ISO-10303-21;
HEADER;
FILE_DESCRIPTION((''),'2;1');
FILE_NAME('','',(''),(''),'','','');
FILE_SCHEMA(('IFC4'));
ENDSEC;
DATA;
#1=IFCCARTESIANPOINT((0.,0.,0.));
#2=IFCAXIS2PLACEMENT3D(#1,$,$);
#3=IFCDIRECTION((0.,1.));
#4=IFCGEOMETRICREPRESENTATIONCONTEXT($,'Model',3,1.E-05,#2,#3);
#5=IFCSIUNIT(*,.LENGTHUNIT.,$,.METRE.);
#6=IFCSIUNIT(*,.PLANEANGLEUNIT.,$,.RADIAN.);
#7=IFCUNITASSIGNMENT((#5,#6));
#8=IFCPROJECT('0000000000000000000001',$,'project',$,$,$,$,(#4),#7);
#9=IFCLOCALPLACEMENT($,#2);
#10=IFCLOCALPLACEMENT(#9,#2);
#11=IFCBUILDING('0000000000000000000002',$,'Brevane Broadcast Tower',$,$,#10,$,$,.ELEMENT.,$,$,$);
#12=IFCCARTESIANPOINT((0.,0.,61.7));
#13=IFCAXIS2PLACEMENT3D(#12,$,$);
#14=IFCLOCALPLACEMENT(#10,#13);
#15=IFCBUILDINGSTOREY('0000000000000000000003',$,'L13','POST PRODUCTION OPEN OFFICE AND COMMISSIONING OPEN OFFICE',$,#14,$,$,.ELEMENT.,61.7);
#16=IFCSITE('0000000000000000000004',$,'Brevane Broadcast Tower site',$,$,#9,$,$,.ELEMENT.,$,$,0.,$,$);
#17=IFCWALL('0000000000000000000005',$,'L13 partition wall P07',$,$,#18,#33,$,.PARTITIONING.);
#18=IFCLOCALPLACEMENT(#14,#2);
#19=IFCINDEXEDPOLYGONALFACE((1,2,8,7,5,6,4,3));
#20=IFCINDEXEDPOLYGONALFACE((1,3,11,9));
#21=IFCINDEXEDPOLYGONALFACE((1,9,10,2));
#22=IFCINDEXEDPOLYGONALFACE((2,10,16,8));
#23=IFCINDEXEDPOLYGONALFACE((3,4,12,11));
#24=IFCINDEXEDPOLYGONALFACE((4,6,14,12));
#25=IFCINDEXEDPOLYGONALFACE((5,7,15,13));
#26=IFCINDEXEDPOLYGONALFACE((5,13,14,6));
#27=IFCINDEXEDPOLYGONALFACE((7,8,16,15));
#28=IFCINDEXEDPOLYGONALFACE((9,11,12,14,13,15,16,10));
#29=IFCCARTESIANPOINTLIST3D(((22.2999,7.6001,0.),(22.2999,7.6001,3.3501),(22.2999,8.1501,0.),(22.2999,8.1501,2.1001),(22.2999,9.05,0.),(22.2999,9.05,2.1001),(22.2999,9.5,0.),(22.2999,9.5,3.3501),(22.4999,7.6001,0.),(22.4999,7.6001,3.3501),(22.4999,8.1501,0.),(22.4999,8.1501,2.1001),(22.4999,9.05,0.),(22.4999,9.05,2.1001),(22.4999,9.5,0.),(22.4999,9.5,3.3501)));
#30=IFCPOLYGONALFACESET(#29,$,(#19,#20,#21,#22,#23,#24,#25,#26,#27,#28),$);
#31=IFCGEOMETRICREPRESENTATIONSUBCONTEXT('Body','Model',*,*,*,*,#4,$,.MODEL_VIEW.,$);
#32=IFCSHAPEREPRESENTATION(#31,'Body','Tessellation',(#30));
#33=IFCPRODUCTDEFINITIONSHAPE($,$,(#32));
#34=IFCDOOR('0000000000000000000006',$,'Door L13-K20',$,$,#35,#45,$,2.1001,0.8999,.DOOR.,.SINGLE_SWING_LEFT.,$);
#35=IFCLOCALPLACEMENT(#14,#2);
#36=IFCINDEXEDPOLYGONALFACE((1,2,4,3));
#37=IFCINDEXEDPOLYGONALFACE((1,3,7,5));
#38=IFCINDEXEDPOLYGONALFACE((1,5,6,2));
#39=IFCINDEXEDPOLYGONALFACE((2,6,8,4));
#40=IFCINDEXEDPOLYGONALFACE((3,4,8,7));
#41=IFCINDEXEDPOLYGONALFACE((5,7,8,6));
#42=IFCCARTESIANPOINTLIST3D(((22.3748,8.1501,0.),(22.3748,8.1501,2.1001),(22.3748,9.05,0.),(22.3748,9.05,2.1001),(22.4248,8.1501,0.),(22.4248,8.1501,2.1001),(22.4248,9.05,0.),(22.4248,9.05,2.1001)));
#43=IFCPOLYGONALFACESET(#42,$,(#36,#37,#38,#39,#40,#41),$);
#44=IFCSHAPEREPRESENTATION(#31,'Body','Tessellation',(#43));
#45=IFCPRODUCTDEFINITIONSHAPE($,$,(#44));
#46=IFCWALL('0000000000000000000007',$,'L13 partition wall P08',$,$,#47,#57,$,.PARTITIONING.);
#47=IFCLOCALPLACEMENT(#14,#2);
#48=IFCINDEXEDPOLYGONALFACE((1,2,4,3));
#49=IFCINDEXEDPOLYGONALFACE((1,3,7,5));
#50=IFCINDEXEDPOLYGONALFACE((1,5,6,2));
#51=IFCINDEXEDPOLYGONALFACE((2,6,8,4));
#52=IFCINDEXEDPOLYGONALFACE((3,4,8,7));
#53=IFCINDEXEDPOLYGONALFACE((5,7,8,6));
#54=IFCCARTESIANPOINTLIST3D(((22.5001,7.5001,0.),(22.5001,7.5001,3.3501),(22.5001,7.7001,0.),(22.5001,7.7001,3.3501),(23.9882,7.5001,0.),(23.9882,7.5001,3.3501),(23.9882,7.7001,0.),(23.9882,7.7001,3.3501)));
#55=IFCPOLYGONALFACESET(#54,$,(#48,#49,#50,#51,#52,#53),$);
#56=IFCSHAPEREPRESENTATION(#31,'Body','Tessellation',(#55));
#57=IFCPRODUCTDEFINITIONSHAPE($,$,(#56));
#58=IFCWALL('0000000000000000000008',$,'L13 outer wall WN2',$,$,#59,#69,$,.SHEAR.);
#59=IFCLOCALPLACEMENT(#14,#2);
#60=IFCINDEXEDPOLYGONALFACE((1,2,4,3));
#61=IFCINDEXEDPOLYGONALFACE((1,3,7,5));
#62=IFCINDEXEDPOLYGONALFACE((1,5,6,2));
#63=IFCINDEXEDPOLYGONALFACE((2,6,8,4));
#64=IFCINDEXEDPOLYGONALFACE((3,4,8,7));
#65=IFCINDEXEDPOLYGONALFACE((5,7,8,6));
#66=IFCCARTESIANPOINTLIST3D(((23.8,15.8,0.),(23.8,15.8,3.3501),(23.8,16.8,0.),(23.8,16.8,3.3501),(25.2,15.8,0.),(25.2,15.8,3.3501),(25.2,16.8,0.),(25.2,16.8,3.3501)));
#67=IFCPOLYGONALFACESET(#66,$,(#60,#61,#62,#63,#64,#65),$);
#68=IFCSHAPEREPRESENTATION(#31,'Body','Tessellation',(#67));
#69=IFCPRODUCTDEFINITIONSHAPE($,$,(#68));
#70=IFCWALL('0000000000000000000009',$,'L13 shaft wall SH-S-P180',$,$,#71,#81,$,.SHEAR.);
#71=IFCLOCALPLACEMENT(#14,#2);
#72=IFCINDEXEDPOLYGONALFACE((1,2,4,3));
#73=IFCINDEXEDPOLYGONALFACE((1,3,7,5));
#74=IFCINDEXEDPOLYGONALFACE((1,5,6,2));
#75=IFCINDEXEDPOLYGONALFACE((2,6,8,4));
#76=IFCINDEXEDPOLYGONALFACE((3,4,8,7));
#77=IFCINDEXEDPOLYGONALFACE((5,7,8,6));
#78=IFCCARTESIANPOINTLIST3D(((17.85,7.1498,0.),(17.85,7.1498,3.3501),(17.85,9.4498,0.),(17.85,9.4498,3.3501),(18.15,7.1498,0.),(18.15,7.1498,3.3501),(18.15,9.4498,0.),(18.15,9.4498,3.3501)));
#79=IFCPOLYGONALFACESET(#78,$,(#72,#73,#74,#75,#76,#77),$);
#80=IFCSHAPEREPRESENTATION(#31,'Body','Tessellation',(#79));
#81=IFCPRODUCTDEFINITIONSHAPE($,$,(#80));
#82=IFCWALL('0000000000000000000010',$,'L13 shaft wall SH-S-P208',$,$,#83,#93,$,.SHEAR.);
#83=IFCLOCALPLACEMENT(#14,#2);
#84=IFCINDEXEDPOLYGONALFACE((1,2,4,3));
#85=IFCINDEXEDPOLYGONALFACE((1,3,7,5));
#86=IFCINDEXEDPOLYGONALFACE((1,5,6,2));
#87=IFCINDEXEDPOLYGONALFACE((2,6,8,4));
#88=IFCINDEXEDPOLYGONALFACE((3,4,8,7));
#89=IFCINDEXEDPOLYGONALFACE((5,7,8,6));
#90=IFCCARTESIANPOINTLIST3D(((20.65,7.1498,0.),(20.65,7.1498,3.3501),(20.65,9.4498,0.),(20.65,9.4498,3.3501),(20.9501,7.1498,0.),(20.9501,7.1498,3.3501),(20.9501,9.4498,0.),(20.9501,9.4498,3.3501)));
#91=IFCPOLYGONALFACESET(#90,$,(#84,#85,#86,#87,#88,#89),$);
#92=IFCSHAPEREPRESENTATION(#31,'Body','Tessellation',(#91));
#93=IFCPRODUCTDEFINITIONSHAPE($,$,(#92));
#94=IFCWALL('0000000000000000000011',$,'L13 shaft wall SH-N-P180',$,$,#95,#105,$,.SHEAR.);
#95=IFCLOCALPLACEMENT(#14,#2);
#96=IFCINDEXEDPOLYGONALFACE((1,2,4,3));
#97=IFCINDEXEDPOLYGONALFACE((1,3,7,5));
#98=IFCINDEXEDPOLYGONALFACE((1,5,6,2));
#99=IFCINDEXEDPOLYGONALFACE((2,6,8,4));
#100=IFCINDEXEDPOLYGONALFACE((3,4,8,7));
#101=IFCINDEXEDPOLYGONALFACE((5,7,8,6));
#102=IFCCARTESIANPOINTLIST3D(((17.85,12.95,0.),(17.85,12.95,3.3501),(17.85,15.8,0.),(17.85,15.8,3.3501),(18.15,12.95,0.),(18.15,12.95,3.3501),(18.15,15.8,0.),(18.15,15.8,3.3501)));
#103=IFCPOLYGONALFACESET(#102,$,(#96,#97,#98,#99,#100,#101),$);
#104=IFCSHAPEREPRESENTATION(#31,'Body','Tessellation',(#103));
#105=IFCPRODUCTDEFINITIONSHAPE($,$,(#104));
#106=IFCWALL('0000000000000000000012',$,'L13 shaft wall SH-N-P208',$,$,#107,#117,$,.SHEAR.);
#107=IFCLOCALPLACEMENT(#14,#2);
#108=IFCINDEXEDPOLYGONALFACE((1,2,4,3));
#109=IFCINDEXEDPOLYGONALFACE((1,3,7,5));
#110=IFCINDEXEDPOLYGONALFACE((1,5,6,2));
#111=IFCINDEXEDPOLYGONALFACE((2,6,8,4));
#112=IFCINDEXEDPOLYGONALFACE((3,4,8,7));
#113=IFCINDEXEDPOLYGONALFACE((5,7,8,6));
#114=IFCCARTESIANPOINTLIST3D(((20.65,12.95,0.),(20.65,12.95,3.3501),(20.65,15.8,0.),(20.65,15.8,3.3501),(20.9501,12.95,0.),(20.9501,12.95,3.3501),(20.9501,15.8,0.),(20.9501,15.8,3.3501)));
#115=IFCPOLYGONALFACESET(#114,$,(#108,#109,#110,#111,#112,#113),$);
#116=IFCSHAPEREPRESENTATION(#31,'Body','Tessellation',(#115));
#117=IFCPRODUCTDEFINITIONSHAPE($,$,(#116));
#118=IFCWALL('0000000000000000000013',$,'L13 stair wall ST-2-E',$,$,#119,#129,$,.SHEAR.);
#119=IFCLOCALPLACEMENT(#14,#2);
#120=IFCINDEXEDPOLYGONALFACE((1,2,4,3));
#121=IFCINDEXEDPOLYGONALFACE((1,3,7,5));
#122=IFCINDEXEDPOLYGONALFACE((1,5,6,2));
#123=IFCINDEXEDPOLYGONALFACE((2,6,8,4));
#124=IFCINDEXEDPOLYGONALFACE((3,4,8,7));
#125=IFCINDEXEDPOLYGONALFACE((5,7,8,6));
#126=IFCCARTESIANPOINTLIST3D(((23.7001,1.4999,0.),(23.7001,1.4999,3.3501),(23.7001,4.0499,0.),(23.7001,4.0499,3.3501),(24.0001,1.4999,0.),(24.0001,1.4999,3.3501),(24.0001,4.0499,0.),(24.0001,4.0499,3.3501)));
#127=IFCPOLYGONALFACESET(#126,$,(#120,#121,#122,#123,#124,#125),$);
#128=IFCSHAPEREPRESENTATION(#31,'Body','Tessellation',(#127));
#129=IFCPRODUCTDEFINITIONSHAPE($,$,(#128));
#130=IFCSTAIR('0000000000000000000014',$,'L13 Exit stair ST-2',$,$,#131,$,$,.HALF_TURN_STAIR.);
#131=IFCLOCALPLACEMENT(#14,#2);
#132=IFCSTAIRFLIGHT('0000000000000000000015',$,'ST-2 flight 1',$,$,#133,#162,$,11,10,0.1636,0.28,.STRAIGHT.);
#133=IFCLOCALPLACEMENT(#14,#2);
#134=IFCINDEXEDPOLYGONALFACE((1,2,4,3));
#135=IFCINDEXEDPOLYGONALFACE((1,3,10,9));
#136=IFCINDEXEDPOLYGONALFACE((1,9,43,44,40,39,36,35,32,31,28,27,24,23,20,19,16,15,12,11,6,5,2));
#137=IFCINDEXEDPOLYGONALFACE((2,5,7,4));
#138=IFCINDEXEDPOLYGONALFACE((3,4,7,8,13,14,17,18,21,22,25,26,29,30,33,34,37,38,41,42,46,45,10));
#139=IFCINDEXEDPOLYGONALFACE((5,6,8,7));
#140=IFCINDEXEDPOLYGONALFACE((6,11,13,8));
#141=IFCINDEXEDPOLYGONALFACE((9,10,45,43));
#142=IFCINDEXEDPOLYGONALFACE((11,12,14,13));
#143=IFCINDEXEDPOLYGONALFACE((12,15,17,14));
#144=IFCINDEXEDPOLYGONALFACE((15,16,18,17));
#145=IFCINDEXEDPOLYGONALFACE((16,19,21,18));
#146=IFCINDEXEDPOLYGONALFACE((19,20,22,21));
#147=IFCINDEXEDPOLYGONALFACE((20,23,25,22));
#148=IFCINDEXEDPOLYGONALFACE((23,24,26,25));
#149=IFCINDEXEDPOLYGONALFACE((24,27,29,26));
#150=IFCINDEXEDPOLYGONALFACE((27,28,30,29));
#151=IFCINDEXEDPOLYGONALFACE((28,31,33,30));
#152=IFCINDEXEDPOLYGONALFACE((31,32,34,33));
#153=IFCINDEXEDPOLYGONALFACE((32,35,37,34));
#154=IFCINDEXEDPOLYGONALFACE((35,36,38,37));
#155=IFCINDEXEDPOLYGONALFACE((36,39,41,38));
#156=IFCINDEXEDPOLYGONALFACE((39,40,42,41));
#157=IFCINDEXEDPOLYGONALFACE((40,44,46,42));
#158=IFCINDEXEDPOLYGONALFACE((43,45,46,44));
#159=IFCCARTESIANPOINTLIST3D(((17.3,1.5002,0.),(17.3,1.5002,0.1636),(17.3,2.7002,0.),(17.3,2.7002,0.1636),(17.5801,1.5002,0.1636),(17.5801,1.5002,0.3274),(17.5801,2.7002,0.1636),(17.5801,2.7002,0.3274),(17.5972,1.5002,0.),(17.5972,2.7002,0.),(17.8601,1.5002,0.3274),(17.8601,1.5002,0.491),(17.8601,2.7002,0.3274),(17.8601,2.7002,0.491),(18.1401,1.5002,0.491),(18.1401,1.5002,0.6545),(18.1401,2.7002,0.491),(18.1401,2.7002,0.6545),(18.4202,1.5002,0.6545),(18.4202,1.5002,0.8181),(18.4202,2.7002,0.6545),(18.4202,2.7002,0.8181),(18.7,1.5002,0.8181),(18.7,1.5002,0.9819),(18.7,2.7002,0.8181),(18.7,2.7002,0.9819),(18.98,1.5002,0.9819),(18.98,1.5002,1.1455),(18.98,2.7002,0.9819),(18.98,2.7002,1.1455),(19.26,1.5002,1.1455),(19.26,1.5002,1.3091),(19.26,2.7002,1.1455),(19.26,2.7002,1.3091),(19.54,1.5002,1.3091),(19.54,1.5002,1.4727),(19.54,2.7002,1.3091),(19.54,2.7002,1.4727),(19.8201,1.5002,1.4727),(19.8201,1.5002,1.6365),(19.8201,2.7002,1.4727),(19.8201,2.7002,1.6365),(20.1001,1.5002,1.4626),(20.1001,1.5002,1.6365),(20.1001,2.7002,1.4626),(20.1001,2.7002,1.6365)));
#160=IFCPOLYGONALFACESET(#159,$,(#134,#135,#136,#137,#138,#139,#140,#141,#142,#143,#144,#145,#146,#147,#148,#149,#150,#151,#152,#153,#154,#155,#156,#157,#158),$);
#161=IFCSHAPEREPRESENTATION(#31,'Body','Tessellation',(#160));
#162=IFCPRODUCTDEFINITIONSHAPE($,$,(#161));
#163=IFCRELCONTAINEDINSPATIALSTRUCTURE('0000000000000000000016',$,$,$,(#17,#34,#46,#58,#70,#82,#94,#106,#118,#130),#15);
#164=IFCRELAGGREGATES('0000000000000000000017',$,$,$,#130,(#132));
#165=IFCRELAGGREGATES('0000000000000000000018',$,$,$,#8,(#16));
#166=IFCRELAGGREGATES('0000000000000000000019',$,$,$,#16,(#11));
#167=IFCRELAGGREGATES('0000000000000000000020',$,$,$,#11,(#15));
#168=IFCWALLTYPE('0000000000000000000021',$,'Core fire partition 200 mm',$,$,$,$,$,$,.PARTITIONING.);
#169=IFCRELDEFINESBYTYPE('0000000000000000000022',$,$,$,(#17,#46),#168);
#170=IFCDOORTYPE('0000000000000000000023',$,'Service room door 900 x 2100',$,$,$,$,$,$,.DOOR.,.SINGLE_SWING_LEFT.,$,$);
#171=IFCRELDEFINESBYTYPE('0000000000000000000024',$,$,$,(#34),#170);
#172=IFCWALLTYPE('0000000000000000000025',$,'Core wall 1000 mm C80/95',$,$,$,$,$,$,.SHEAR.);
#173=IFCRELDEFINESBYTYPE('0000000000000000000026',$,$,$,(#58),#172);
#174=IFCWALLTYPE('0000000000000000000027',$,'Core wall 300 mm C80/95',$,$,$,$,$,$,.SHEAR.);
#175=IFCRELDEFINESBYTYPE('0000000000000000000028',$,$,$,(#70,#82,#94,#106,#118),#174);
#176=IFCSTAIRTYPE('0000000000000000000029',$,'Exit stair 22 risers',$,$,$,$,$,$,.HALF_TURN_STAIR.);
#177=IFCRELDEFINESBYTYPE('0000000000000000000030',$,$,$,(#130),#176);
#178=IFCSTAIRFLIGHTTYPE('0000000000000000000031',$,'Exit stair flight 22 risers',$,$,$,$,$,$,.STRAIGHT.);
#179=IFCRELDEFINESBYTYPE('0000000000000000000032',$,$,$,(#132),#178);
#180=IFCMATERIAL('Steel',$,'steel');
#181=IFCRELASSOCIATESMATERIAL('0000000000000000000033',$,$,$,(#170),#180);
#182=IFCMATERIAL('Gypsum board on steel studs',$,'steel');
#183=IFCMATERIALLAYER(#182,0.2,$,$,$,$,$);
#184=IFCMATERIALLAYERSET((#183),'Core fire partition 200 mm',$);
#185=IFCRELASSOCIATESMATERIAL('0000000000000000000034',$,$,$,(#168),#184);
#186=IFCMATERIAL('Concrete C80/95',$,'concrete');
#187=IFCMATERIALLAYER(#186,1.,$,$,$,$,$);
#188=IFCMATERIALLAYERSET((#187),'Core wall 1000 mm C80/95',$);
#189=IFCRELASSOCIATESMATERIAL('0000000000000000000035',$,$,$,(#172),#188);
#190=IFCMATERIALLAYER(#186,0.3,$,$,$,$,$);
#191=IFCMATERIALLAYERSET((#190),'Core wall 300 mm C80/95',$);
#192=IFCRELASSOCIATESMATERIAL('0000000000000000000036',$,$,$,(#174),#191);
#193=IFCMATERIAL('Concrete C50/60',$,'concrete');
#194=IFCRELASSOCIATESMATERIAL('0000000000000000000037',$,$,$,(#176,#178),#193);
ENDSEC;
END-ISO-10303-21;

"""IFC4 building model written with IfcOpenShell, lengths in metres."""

from ifc_helpers import new_model, si_unit, direction, frame, frame_2d, origin, place, context, subcontext, project, spatial, polyline, rectangle, outline, extrude, material, layer, layer_set, type_object, element, fill, aggregate, save


model = new_model("IFC4")

# Units and contexts
model_context = context("Model", 3, precision=1e-05, world=origin(), true_north=direction((0.0, 1.0)))
body_context = subcontext(model_context, "Body", "Model", "MODEL_VIEW")
ifc_project = project(units=[si_unit("LENGTHUNIT", "METRE"), si_unit("PLANEANGLEUNIT", "RADIAN")], contexts=[model_context])

# Site, building, storey
site_placement = place(None, origin())
site = spatial("IfcSite", under=ifc_project, at=site_placement, Name="Brevane Broadcast Tower site", CompositionType="ELEMENT", RefElevation=0.0)
building_placement = place(site_placement, origin())
building = spatial("IfcBuilding", under=site, at=building_placement, Name="Brevane Broadcast Tower", CompositionType="ELEMENT")
storey_placement = place(building_placement, frame((0.0, 0.0, 61.7)))
storey = spatial("IfcBuildingStorey", under=building, at=storey_placement, Name="L13", Description="POST PRODUCTION OPEN OFFICE AND COMMISSIONING OPEN OFFICE", CompositionType="ELEMENT", Elevation=61.7)

# Shared definitions
ifc_material_1 = material(Name="Gypsum board on steel studs", Category="steel")
ifc_material_2 = material(Name="Steel", Category="steel")
door_type = type_object("IfcDoorType", Name="Service room door 900 x 2100", OperationType="SINGLE_SWING_LEFT", PredefinedType="DOOR", material=ifc_material_2)

# Shared definitions
ifc_layer_1 = layer(ifc_material_1, 0.2)
ifc_layer_set_1 = layer_set([ifc_layer_1], Name="Core fire partition 200 mm")
wall_type_1 = type_object("IfcWallType", Name="Core fire partition 200 mm", PredefinedType="PARTITIONING", material=ifc_layer_set_1)

# Wall, opening, door
wall_1_placement = place(storey_placement, frame((22.3999, 9.5, 0.0), z_axis=(0.0, 0.0, 1.0), x_axis=(0.0, -1.0, 0.0)))
wall_1 = element("IfcWall", 1, at=wall_1_placement, inside=storey, type_object=wall_type_1, Name="L13 partition wall P07", PredefinedType="PARTITIONING", context=body_context, shape_type="SweptSolid", body=[
    extrude(rectangle(XDim=1.8999, YDim=0.2, at=frame_2d((0.95, 0.0))), origin(), (0.0, 0.0, 1.0), 3.3501),
])
opening_1_placement = place(wall_1_placement, frame((0.45, 0.0, 0.0)))
opening_1 = element("IfcOpeningElement", 2, at=opening_1_placement, cuts=wall_1, PredefinedType="OPENING", context=body_context, shape_type="SweptSolid", body=[
    extrude(rectangle(XDim=0.8999, YDim=2.1001, at=frame_2d((0.45, 1.05))), frame((0.0, 0.1099, 0.0), z_axis=(0.0, -1.0, 0.0), x_axis=(1.0, 0.0, 0.0)), (0.0, 0.0, 1.0), 0.22),
])
door_1_placement = place(opening_1_placement, origin())
door_1 = element("IfcDoor", 3, at=door_1_placement, inside=storey, type_object=door_type, Name="Door L13-K20", OperationType="SINGLE_SWING_LEFT", OverallHeight=2.1001, OverallWidth=0.8999, PredefinedType="DOOR", context=body_context, shape_type="SweptSolid", body=[
    extrude(rectangle(XDim=0.8999, YDim=2.1001, at=frame_2d((0.45, 1.05))), frame((0.0, 0.0249, 0.0), z_axis=(0.0, -1.0, 0.0), x_axis=(1.0, 0.0, 0.0)), (0.0, 0.0, 1.0), 0.05),
])
fill(opening_1, door_1)

# Walls
wall_2_placement = place(storey_placement, frame((22.5, 7.6001, 0.0), z_axis=(0.0, 0.0, 1.0), x_axis=(1.0, 0.0, 0.0)))
element("IfcWall", 4, at=wall_2_placement, inside=storey, type_object=wall_type_1, Name="L13 partition wall P08", PredefinedType="PARTITIONING", context=body_context, shape_type="SweptSolid", body=[
    extrude(rectangle(XDim=1.488, YDim=0.2, at=frame_2d((0.7441, 0.0))), origin(), (0.0, 0.0, 1.0), 3.3501),
])
ifc_material_3 = material(Name="Concrete C80/95", Category="concrete")
ifc_layer_2 = layer(ifc_material_3, 1.0)
ifc_layer_set_2 = layer_set([ifc_layer_2], Name="Core wall 1000 mm C80/95")
wall_type_2 = type_object("IfcWallType", Name="Core wall 1000 mm C80/95", PredefinedType="SHEAR", material=ifc_layer_set_2)
wall_3_placement = place(storey_placement, frame((23.8, 16.3, 0.0), z_axis=(0.0, 0.0, 1.0), x_axis=(1.0, 0.0, 0.0)))
element("IfcWall", 5, at=wall_3_placement, inside=storey, type_object=wall_type_2, Name="L13 outer wall WN2", PredefinedType="SHEAR", context=body_context, shape_type="SweptSolid", body=[
    extrude(rectangle(XDim=1.3999, YDim=1.0, at=frame_2d((0.7, 0.0))), origin(), (0.0, 0.0, 1.0), 3.3501),
])
ifc_layer_3 = layer(ifc_material_3, 0.3)
ifc_layer_set_3 = layer_set([ifc_layer_3], Name="Core wall 300 mm C80/95")
wall_type_3 = type_object("IfcWallType", Name="Core wall 300 mm C80/95", PredefinedType="SHEAR", material=ifc_layer_set_3)
for number, where, z_axis, x_axis, name in (
    (6, (18.0, 7.1499, 0.0), (0.0, 0.0, 1.0), (0.0, 1.0, 0.0), "L13 shaft wall SH-S-P180"),
    (7, (20.8, 7.1499, 0.0), (0.0, 0.0, 1.0), (0.0, 1.0, 0.0), "L13 shaft wall SH-S-P208"),
):
    element("IfcWall", number, at=place(storey_placement, frame(where, z_axis=z_axis, x_axis=x_axis)), inside=storey, type_object=wall_type_3, Name=name, PredefinedType="SHEAR", context=body_context, shape_type="SweptSolid", body=[
        extrude(rectangle(XDim=2.3, YDim=0.3, at=frame_2d((1.1499, 0.0))), origin(), (0.0, 0.0, 1.0), 3.3501),
    ])
for number, where, z_axis, x_axis, name in (
    (8, (18.0, 12.95, 0.0), (0.0, 0.0, 1.0), (0.0, 1.0, 0.0), "L13 shaft wall SH-N-P180"),
    (9, (20.8, 12.95, 0.0), (0.0, 0.0, 1.0), (0.0, 1.0, 0.0), "L13 shaft wall SH-N-P208"),
):
    element("IfcWall", number, at=place(storey_placement, frame(where, z_axis=z_axis, x_axis=x_axis)), inside=storey, type_object=wall_type_3, Name=name, PredefinedType="SHEAR", context=body_context, shape_type="SweptSolid", body=[
        extrude(rectangle(XDim=2.8501, YDim=0.3, at=frame_2d((1.425, 0.0))), origin(), (0.0, 0.0, 1.0), 3.3501),
    ])
wall_4_placement = place(storey_placement, frame((23.8501, 1.5, 0.0), z_axis=(0.0, 0.0, 1.0), x_axis=(0.0, 1.0, 0.0)))
element("IfcWall", 10, at=wall_4_placement, inside=storey, type_object=wall_type_3, Name="L13 stair wall ST-2-E", PredefinedType="SHEAR", context=body_context, shape_type="SweptSolid", body=[
    extrude(rectangle(XDim=2.55, YDim=0.3, at=frame_2d((1.2749, 0.0))), origin(), (0.0, 0.0, 1.0), 3.3501),
])

# Stair, stair flight
ifc_material_4 = material(Name="Concrete C50/60", Category="concrete")
stair_type = type_object("IfcStairType", Name="Exit stair 22 risers", PredefinedType="HALF_TURN_STAIR", material=ifc_material_4)
stair_placement = place(storey_placement, origin())
stair = element("IfcStair", 11, at=stair_placement, inside=storey, type_object=stair_type, Name="L13 Exit stair ST-2", PredefinedType="HALF_TURN_STAIR")
stair_flight_type = type_object("IfcStairFlightType", Name="Exit stair flight 22 risers", PredefinedType="STRAIGHT", material=ifc_material_4)
stair_flight_1_placement = place(storey_placement, frame((17.3, 2.1001, 0.0), z_axis=(0.0, 0.0, 1.0), x_axis=(1.0, 0.0, 0.0)))
stair_flight_1 = element("IfcStairFlight", 12, at=stair_flight_1_placement, type_object=stair_flight_type, Name="ST-2 flight 1", NumberOfRisers=11, NumberOfTreads=10, PredefinedType="STRAIGHT", RiserHeight=0.1636, TreadLength=0.28, context=body_context, shape_type="SweptSolid", body=[
    extrude(outline(polyline([(0.0, 0.0), (0.0, 0.1636), (0.28, 0.1636), (0.28, 0.3274), (0.5601, 0.3274), (0.5601, 0.491), (0.8401, 0.491), (0.8401, 0.6545), (1.1201, 0.6545), (1.1201, 0.8181), (1.3999, 0.8181), (1.3999, 0.9819), (1.6799, 0.9819), (1.6799, 1.1455), (1.96, 1.1455), (1.96, 1.3091), (2.24, 1.3091), (2.24, 1.4727), (2.52, 1.4727), (2.52, 1.6365), (2.8, 1.6365), (2.8, 1.8), (2.8, 1.4626), (0.2971, 0.0), (0.0, 0.0)])), frame((0.0, 0.6001, 0.0), z_axis=(0.0, -1.0, 0.0), x_axis=(1.0, 0.0, 0.0)), (0.0, 0.0, 1.0), 1.2),
])
aggregate(stair, [stair_flight_1])

save(model, "model.ifc")
